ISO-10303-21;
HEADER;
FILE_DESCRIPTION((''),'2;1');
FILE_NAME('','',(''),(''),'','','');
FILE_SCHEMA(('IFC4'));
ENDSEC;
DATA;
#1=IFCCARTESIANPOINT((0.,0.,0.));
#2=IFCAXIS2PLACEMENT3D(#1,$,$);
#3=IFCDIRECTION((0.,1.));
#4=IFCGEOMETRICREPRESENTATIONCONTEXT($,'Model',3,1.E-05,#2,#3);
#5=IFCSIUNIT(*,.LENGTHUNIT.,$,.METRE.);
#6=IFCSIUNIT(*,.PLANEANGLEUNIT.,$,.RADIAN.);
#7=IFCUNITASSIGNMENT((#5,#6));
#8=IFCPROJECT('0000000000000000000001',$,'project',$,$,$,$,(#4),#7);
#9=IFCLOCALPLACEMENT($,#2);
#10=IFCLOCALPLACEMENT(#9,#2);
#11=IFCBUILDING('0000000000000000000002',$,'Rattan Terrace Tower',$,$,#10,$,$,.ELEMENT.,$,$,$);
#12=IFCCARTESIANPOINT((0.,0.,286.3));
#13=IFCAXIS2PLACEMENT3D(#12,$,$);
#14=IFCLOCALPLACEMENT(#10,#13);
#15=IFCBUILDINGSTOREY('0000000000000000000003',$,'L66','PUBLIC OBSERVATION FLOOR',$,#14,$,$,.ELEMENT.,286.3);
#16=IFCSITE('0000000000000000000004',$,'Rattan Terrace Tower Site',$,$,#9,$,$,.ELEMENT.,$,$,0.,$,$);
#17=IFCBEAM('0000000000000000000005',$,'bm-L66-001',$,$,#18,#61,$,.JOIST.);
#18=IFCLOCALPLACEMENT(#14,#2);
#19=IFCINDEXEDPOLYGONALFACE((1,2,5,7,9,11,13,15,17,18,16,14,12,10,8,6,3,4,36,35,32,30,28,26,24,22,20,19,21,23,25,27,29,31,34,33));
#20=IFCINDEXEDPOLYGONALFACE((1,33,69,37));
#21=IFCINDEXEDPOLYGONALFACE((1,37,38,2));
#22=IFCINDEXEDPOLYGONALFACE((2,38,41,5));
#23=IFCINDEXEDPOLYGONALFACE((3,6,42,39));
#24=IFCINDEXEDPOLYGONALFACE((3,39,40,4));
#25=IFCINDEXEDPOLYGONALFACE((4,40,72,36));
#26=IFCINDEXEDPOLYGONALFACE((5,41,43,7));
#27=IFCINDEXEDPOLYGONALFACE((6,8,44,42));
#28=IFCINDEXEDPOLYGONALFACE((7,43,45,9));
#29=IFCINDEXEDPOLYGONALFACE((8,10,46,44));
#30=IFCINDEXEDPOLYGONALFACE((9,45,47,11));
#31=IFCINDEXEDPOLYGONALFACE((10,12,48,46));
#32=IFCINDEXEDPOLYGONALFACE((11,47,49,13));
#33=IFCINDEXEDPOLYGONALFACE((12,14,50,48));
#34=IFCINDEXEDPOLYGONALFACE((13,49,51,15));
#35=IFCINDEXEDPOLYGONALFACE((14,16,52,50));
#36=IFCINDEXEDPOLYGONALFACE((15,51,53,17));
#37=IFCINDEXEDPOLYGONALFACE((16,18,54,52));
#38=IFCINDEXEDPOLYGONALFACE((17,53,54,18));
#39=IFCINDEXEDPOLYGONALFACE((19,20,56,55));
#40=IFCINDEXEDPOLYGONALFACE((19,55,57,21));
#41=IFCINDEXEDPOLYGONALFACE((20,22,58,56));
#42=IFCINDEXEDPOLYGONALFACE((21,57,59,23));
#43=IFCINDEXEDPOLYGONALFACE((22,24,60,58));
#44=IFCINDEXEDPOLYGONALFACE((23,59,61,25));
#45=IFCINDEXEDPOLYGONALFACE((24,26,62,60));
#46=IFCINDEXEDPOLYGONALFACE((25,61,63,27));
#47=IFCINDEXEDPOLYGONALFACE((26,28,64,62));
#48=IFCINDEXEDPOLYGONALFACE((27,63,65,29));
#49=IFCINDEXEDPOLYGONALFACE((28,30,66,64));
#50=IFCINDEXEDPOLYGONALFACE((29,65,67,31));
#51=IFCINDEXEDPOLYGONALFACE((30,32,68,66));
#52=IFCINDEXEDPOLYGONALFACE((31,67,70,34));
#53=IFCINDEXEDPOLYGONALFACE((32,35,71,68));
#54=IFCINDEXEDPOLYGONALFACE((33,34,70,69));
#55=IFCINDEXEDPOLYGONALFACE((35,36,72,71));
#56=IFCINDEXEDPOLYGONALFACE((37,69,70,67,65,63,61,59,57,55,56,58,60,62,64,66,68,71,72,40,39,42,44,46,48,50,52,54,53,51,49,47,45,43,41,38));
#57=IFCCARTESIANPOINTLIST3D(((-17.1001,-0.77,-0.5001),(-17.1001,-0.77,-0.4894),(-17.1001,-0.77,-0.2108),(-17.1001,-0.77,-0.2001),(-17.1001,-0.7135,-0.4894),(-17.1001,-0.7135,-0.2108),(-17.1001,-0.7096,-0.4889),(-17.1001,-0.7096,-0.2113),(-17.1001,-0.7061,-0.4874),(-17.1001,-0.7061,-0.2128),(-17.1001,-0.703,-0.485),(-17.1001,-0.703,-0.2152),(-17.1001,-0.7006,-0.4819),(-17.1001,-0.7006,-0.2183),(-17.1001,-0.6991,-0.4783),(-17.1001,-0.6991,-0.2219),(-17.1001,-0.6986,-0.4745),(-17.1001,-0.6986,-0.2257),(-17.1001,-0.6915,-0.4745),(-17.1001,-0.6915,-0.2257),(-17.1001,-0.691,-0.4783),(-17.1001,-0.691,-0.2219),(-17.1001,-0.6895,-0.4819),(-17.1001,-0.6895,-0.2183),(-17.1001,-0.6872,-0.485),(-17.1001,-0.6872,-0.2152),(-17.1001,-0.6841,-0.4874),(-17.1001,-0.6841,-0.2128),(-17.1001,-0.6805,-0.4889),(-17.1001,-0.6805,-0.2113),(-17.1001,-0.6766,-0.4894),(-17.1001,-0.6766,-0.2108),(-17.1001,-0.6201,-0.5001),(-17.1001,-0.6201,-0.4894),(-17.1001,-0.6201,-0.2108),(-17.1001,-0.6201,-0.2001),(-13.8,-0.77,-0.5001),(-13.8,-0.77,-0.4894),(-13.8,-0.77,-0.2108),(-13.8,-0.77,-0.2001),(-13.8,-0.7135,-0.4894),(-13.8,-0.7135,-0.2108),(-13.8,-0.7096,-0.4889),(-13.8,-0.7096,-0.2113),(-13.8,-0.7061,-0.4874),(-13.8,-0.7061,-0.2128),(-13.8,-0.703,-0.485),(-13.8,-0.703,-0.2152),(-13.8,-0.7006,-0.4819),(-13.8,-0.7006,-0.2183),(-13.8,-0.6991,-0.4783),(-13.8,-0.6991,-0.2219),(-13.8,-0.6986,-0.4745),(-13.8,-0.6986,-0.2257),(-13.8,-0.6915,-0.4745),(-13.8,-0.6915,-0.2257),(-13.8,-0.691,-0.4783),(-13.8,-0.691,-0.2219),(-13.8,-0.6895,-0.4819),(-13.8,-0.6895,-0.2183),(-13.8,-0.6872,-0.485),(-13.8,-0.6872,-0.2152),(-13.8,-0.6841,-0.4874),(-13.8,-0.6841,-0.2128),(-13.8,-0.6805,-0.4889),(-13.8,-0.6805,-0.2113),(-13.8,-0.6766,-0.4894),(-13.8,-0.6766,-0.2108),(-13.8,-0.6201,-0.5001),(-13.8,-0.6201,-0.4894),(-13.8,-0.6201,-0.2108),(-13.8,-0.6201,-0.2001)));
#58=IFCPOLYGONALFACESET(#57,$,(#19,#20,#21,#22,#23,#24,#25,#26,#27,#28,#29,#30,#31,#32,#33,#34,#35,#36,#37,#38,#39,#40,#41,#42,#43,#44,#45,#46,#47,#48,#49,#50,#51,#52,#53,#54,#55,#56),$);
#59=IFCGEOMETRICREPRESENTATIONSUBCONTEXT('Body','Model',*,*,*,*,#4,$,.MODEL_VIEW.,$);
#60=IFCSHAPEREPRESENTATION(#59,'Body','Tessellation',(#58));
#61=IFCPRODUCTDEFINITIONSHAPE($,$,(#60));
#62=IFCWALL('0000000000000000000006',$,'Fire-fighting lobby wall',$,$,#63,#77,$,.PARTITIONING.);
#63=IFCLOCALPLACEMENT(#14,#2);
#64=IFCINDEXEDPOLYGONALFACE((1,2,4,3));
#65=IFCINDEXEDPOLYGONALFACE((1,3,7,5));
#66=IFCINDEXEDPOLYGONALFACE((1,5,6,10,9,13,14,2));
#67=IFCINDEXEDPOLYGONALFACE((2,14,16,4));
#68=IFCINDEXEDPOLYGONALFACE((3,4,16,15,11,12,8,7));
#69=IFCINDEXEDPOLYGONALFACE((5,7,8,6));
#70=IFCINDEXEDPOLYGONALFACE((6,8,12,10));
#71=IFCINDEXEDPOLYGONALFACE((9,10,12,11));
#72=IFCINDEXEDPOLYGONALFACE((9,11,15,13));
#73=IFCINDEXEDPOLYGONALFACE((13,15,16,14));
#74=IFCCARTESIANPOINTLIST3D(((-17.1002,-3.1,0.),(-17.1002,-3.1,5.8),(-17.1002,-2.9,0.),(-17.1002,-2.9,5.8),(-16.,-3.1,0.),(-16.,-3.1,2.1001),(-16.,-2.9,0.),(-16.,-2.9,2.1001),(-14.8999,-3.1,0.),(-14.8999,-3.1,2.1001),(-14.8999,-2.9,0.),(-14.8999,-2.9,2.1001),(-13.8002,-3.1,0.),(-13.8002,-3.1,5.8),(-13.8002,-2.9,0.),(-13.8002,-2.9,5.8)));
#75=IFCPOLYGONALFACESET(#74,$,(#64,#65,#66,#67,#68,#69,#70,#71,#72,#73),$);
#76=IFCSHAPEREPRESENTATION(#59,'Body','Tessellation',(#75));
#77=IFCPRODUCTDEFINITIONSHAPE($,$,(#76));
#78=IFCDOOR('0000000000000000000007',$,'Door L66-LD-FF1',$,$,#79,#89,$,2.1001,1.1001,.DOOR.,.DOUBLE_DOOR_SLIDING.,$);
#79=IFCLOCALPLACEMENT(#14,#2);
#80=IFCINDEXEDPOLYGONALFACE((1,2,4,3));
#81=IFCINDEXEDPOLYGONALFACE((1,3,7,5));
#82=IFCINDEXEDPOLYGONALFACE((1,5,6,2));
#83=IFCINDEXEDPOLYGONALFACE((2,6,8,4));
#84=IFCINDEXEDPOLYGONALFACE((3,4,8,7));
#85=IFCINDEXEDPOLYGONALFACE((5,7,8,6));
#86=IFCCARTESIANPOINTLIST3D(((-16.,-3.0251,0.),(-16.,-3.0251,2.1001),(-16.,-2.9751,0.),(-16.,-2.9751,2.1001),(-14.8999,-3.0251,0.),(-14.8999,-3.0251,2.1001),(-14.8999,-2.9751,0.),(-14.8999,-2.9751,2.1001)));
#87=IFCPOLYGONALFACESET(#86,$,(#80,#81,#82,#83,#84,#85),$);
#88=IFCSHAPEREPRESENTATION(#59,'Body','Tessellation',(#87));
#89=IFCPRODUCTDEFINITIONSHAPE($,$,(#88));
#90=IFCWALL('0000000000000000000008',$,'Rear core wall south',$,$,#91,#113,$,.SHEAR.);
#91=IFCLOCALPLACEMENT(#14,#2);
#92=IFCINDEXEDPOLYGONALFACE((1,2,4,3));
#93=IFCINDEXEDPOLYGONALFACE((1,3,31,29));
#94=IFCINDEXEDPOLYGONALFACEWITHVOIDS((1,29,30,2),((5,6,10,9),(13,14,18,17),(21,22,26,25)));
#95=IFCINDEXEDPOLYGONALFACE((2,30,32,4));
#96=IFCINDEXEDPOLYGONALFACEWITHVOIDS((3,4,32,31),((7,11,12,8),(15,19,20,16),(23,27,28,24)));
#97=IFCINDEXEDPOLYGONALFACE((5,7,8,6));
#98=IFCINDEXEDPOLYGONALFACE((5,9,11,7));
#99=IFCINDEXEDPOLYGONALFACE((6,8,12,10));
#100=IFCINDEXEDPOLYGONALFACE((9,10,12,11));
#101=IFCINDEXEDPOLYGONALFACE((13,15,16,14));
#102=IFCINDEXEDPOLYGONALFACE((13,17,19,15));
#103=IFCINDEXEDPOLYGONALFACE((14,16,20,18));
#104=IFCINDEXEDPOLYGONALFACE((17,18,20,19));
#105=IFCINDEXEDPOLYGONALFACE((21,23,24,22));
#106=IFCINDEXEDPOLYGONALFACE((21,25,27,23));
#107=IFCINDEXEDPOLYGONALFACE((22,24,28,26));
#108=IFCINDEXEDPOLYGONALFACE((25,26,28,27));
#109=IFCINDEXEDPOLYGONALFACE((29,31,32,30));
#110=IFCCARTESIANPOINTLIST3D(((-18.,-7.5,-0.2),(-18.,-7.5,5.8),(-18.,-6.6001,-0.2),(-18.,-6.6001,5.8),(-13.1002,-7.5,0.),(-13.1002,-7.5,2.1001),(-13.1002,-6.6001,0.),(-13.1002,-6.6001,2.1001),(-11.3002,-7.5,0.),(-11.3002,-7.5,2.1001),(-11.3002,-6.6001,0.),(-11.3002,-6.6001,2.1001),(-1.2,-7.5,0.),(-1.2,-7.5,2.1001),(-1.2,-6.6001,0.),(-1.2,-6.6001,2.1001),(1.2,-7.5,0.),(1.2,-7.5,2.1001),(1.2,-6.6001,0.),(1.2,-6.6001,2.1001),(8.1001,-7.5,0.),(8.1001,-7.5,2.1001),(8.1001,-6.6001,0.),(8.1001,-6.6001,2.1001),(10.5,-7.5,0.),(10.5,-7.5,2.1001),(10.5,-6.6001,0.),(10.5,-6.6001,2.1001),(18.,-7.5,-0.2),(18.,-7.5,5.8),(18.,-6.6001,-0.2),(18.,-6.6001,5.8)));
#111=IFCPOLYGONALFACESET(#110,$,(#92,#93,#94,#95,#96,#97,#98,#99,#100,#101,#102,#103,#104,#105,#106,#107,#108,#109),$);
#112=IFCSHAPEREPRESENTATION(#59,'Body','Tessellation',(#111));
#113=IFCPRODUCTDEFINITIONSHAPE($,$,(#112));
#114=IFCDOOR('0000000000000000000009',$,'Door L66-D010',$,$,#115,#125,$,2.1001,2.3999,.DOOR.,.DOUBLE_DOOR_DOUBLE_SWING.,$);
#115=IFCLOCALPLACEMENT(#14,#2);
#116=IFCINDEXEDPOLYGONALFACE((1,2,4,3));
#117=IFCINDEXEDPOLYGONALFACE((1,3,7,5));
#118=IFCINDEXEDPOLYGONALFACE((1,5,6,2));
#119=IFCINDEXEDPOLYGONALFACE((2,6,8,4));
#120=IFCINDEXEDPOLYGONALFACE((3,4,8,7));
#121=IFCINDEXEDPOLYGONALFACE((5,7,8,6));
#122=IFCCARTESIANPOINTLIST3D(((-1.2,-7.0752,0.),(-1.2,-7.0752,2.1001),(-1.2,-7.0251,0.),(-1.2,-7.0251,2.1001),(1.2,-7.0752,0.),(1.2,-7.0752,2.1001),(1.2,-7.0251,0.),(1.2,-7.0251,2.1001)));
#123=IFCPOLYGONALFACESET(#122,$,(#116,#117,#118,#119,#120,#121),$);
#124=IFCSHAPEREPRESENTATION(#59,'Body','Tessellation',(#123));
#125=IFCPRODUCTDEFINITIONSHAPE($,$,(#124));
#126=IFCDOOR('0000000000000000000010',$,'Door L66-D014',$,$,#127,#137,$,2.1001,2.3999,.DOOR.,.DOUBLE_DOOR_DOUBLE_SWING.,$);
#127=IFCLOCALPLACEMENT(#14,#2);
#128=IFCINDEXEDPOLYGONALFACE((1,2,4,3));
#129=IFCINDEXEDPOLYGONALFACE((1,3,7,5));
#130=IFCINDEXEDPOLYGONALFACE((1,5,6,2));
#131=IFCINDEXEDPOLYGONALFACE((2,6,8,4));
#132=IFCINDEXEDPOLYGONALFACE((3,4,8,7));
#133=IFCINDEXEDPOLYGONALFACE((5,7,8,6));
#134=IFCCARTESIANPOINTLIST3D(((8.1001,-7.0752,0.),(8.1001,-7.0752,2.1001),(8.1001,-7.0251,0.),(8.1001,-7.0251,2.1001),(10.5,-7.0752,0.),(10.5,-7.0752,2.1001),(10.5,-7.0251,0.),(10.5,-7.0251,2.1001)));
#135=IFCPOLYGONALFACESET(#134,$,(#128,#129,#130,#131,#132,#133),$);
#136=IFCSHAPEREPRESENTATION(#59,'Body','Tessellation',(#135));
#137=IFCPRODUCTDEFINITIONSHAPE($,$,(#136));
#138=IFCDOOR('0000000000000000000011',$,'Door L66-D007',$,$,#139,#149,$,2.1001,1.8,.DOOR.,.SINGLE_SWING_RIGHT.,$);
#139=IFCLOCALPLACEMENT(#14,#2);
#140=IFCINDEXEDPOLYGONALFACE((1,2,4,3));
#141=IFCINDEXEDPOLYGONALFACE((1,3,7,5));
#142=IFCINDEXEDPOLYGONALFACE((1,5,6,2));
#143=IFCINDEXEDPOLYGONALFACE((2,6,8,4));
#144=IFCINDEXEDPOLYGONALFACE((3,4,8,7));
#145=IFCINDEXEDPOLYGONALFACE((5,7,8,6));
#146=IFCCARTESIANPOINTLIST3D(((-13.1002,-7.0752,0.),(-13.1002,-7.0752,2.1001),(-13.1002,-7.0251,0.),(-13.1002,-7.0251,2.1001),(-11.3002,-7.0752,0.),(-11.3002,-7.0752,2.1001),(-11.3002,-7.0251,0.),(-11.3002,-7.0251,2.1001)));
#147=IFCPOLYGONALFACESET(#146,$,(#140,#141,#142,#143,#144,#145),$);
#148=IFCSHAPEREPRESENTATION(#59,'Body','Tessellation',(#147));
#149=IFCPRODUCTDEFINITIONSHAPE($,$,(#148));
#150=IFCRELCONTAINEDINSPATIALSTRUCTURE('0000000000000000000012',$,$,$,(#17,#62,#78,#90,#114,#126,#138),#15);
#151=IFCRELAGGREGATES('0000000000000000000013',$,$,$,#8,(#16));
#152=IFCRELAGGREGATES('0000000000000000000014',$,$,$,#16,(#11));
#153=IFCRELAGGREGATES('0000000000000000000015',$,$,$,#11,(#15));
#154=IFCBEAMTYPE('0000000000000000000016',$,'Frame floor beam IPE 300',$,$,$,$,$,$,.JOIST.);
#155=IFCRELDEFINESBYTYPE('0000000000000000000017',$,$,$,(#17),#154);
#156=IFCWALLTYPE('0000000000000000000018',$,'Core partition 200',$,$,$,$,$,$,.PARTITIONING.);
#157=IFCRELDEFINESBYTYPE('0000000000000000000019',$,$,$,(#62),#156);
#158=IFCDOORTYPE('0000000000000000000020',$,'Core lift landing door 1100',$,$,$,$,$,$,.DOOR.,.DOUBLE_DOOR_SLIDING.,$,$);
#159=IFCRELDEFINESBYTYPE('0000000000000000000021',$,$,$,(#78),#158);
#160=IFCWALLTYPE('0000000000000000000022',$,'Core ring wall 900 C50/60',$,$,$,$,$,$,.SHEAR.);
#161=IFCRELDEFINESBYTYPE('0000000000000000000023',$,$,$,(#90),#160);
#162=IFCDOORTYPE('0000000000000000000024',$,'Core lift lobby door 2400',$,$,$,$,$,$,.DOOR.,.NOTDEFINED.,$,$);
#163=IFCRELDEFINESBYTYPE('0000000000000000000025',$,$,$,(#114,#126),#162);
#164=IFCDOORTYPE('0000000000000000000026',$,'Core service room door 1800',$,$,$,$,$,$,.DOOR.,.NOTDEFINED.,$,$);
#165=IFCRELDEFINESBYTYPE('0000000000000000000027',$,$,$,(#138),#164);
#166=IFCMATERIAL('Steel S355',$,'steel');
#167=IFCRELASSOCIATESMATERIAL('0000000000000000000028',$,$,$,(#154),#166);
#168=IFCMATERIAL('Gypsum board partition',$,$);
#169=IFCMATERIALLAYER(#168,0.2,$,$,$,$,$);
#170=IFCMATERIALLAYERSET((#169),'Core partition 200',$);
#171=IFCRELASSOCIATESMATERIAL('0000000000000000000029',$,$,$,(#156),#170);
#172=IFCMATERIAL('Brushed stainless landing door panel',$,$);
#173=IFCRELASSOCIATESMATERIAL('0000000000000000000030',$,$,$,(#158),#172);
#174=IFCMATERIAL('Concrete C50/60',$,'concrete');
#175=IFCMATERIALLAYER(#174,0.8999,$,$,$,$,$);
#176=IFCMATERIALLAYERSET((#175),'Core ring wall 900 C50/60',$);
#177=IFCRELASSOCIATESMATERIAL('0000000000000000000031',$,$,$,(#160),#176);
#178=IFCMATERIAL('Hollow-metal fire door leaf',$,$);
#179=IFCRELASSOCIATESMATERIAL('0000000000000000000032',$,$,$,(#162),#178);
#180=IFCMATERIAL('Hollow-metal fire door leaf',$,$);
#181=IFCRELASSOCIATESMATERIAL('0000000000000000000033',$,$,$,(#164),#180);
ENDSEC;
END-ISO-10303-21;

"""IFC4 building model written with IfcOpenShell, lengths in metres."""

from ifc_helpers import new_model, si_unit, direction, frame, frame_2d, origin, origin_2d, place, context, subcontext, project, spatial, rectangle, i_section, extrude, material, layer, layer_set, material_profile, profile_set, type_object, element, fill, save


model = new_model("IFC4")

# Units and contexts
model_context = context("Model", 3, precision=1e-05, world=origin(), true_north=direction((0.0, 1.0)))
body_context = subcontext(model_context, "Body", "Model", "MODEL_VIEW")
ifc_project = project(units=[si_unit("LENGTHUNIT", "METRE"), si_unit("PLANEANGLEUNIT", "RADIAN")], contexts=[model_context])

# Site, building, storey
site_placement = place(None, origin())
site = spatial("IfcSite", under=ifc_project, at=site_placement, Name="Rattan Terrace Tower Site", CompositionType="ELEMENT", RefElevation=0.0)
building_placement = place(site_placement, origin())
building = spatial("IfcBuilding", under=site, at=building_placement, Name="Rattan Terrace Tower", CompositionType="ELEMENT")
storey_placement = place(building_placement, frame((0.0, 0.0, 286.3)))
storey = spatial("IfcBuildingStorey", under=building, at=storey_placement, Name="L66", Description="PUBLIC OBSERVATION FLOOR", CompositionType="ELEMENT", Elevation=286.3)

# Beam
ifc_material_1 = material(Name="Steel S355", Category="steel")
ifc_material_profile = material_profile(ifc_material_1, i_section(OverallWidth=0.1499, OverallDepth=0.3, WebThickness=0.0071, FlangeThickness=0.0107, FilletRadius=0.0149, at=origin_2d()), Name="IPE 300")
ifc_profile_set = profile_set([ifc_material_profile], Name="Steel S355")
beam_type = type_object("IfcBeamType", Name="Frame floor beam IPE 300", PredefinedType="JOIST", material=ifc_profile_set)
beam_placement = place(storey_placement, frame((-17.1001, -0.6951, -0.3501), z_axis=(1.0, 0.0, 0.0), x_axis=(0.0, 1.0, 0.0)))
element("IfcBeam", 1, at=beam_placement, inside=storey, type_object=beam_type, Name="bm-L66-001", PredefinedType="JOIST", context=body_context, shape_type="SweptSolid", body=[
    extrude(i_section(OverallWidth=0.1499, OverallDepth=0.3, WebThickness=0.0071, FlangeThickness=0.0107, FilletRadius=0.0149, at=origin_2d()), origin(), (0.0, 0.0, 1.0), 3.3),
])

# Wall, opening, door
ifc_material_2 = material(Name="Gypsum board partition")
ifc_layer_1 = layer(ifc_material_2, 0.2)
ifc_layer_set_1 = layer_set([ifc_layer_1], Name="Core partition 200")
wall_type_1 = type_object("IfcWallType", Name="Core partition 200", PredefinedType="PARTITIONING", material=ifc_layer_set_1)
wall_1_placement = place(storey_placement, frame((-17.1001, -3.0, 0.0), z_axis=(0.0, 0.0, 1.0), x_axis=(1.0, 0.0, 0.0)))
wall_1 = element("IfcWall", 2, at=wall_1_placement, inside=storey, type_object=wall_type_1, Name="Fire-fighting lobby wall", PredefinedType="PARTITIONING", context=body_context, shape_type="SweptSolid", body=[
    extrude(rectangle(XDim=3.3, YDim=0.2, at=frame_2d((1.6499, 0.0))), origin(), (0.0, 0.0, 1.0), 5.8),
])
opening_1_placement = place(wall_1_placement, frame((1.1001, 0.0, 0.0)))
opening_1 = element("IfcOpeningElement", 3, at=opening_1_placement, cuts=wall_1, PredefinedType="OPENING", context=body_context, shape_type="SweptSolid", body=[
    extrude(rectangle(XDim=1.1001, YDim=2.1001, at=frame_2d((0.55, 1.05))), frame((0.0, 0.1106, 0.0), z_axis=(0.0, -1.0, 0.0), x_axis=(1.0, 0.0, 0.0)), (0.0, 0.0, 1.0), 0.2209),
])
ifc_material_3 = material(Name="Brushed stainless landing door panel")
door_type_1 = type_object("IfcDoorType", Name="Core lift landing door 1100", OperationType="DOUBLE_DOOR_SLIDING", PredefinedType="DOOR", material=ifc_material_3)
door_1_placement = place(opening_1_placement, origin())
door_1 = element("IfcDoor", 4, at=door_1_placement, inside=storey, type_object=door_type_1, Name="Door L66-LD-FF1", OperationType="DOUBLE_DOOR_SLIDING", OverallHeight=2.1001, OverallWidth=1.1001, PredefinedType="DOOR", context=body_context, shape_type="SweptSolid", body=[
    extrude(rectangle(XDim=1.1001, YDim=2.1001, at=frame_2d((0.55, 1.05))), frame((0.0, 0.0249, 0.0), z_axis=(0.0, -1.0, 0.0), x_axis=(1.0, 0.0, 0.0)), (0.0, 0.0, 1.0), 0.05),
])
fill(opening_1, door_1)

# Wall, openings, doors
ifc_material_4 = material(Name="Concrete C50/60", Category="concrete")
ifc_layer_2 = layer(ifc_material_4, 0.8999)
ifc_layer_set_2 = layer_set([ifc_layer_2], Name="Core ring wall 900 C50/60")
wall_type_2 = type_object("IfcWallType", Name="Core ring wall 900 C50/60", PredefinedType="SHEAR", material=ifc_layer_set_2)
wall_2_placement = place(storey_placement, frame((-18.0, -7.05, -0.2), z_axis=(0.0, 0.0, 1.0), x_axis=(1.0, 0.0, 0.0)))
wall_2 = element("IfcWall", 5, at=wall_2_placement, inside=storey, type_object=wall_type_2, Name="Rear core wall south", PredefinedType="SHEAR", context=body_context, shape_type="SweptSolid", body=[
    extrude(rectangle(XDim=36.0, YDim=0.8999, at=frame_2d((18.0, 0.0))), origin(), (0.0, 0.0, 1.0), 6.0),
])
opening_2_placement = place(wall_2_placement, frame((4.8999, 0.0, 0.2)))
opening_2 = element("IfcOpeningElement", 6, at=opening_2_placement, cuts=wall_2, PredefinedType="OPENING", context=body_context, shape_type="SweptSolid", body=[
    extrude(rectangle(XDim=1.8, YDim=2.1001, at=frame_2d((0.8999, 1.05))), frame((0.0, 0.4604, 0.0), z_axis=(0.0, -1.0, 0.0), x_axis=(1.0, 0.0, 0.0)), (0.0, 0.0, 1.0), 0.9209),
])
opening_3_placement = place(wall_2_placement, frame((16.8, 0.0, 0.2)))
opening_3 = element("IfcOpeningElement", 7, at=opening_3_placement, cuts=wall_2, PredefinedType="OPENING", context=body_context, shape_type="SweptSolid", body=[
    extrude(rectangle(XDim=2.3999, YDim=2.1001, at=frame_2d((1.2, 1.05))), frame((0.0, 0.4604, 0.0), z_axis=(0.0, -1.0, 0.0), x_axis=(1.0, 0.0, 0.0)), (0.0, 0.0, 1.0), 0.9209),
])
opening_4_placement = place(wall_2_placement, frame((26.1001, 0.0, 0.2)))
opening_4 = element("IfcOpeningElement", 8, at=opening_4_placement, cuts=wall_2, PredefinedType="OPENING", context=body_context, shape_type="SweptSolid", body=[
    extrude(rectangle(XDim=2.3999, YDim=2.1001, at=frame_2d((1.2, 1.05))), frame((0.0, 0.4604, 0.0), z_axis=(0.0, -1.0, 0.0), x_axis=(1.0, 0.0, 0.0)), (0.0, 0.0, 1.0), 0.9209),
])
ifc_material_5 = material(Name="Hollow-metal fire door leaf")
door_type_2 = type_object("IfcDoorType", Name="Core lift lobby door 2400", OperationType="NOTDEFINED", PredefinedType="DOOR", material=ifc_material_5)
door_2_placement = place(opening_3_placement, origin())
door_2 = element("IfcDoor", 9, at=door_2_placement, inside=storey, type_object=door_type_2, Name="Door L66-D010", OperationType="DOUBLE_DOOR_DOUBLE_SWING", OverallHeight=2.1001, OverallWidth=2.3999, PredefinedType="DOOR", context=body_context, shape_type="SweptSolid", body=[
    extrude(rectangle(XDim=2.3999, YDim=2.1001, at=frame_2d((1.2, 1.05))), frame((0.0, 0.0249, 0.0), z_axis=(0.0, -1.0, 0.0), x_axis=(1.0, 0.0, 0.0)), (0.0, 0.0, 1.0), 0.05),
])
fill(opening_3, door_2)
door_3_placement = place(opening_4_placement, origin())
door_3 = element("IfcDoor", 10, at=door_3_placement, inside=storey, type_object=door_type_2, Name="Door L66-D014", OperationType="DOUBLE_DOOR_DOUBLE_SWING", OverallHeight=2.1001, OverallWidth=2.3999, PredefinedType="DOOR", context=body_context, shape_type="SweptSolid", body=[
    extrude(rectangle(XDim=2.3999, YDim=2.1001, at=frame_2d((1.2, 1.05))), frame((0.0, 0.0249, 0.0), z_axis=(0.0, -1.0, 0.0), x_axis=(1.0, 0.0, 0.0)), (0.0, 0.0, 1.0), 0.05),
])
fill(opening_4, door_3)
ifc_material_6 = material(Name="Hollow-metal fire door leaf")
door_type_3 = type_object("IfcDoorType", Name="Core service room door 1800", OperationType="NOTDEFINED", PredefinedType="DOOR", material=ifc_material_6)
door_4_placement = place(opening_2_placement, origin())
door_4 = element("IfcDoor", 11, at=door_4_placement, inside=storey, type_object=door_type_3, Name="Door L66-D007", OperationType="SINGLE_SWING_RIGHT", OverallHeight=2.1001, OverallWidth=1.8, PredefinedType="DOOR", context=body_context, shape_type="SweptSolid", body=[
    extrude(rectangle(XDim=1.8, YDim=2.1001, at=frame_2d((0.8999, 1.05))), frame((0.0, 0.0249, 0.0), z_axis=(0.0, -1.0, 0.0), x_axis=(1.0, 0.0, 0.0)), (0.0, 0.0, 1.0), 0.05),
])
fill(opening_2, door_4)

save(model, "model.ifc")
